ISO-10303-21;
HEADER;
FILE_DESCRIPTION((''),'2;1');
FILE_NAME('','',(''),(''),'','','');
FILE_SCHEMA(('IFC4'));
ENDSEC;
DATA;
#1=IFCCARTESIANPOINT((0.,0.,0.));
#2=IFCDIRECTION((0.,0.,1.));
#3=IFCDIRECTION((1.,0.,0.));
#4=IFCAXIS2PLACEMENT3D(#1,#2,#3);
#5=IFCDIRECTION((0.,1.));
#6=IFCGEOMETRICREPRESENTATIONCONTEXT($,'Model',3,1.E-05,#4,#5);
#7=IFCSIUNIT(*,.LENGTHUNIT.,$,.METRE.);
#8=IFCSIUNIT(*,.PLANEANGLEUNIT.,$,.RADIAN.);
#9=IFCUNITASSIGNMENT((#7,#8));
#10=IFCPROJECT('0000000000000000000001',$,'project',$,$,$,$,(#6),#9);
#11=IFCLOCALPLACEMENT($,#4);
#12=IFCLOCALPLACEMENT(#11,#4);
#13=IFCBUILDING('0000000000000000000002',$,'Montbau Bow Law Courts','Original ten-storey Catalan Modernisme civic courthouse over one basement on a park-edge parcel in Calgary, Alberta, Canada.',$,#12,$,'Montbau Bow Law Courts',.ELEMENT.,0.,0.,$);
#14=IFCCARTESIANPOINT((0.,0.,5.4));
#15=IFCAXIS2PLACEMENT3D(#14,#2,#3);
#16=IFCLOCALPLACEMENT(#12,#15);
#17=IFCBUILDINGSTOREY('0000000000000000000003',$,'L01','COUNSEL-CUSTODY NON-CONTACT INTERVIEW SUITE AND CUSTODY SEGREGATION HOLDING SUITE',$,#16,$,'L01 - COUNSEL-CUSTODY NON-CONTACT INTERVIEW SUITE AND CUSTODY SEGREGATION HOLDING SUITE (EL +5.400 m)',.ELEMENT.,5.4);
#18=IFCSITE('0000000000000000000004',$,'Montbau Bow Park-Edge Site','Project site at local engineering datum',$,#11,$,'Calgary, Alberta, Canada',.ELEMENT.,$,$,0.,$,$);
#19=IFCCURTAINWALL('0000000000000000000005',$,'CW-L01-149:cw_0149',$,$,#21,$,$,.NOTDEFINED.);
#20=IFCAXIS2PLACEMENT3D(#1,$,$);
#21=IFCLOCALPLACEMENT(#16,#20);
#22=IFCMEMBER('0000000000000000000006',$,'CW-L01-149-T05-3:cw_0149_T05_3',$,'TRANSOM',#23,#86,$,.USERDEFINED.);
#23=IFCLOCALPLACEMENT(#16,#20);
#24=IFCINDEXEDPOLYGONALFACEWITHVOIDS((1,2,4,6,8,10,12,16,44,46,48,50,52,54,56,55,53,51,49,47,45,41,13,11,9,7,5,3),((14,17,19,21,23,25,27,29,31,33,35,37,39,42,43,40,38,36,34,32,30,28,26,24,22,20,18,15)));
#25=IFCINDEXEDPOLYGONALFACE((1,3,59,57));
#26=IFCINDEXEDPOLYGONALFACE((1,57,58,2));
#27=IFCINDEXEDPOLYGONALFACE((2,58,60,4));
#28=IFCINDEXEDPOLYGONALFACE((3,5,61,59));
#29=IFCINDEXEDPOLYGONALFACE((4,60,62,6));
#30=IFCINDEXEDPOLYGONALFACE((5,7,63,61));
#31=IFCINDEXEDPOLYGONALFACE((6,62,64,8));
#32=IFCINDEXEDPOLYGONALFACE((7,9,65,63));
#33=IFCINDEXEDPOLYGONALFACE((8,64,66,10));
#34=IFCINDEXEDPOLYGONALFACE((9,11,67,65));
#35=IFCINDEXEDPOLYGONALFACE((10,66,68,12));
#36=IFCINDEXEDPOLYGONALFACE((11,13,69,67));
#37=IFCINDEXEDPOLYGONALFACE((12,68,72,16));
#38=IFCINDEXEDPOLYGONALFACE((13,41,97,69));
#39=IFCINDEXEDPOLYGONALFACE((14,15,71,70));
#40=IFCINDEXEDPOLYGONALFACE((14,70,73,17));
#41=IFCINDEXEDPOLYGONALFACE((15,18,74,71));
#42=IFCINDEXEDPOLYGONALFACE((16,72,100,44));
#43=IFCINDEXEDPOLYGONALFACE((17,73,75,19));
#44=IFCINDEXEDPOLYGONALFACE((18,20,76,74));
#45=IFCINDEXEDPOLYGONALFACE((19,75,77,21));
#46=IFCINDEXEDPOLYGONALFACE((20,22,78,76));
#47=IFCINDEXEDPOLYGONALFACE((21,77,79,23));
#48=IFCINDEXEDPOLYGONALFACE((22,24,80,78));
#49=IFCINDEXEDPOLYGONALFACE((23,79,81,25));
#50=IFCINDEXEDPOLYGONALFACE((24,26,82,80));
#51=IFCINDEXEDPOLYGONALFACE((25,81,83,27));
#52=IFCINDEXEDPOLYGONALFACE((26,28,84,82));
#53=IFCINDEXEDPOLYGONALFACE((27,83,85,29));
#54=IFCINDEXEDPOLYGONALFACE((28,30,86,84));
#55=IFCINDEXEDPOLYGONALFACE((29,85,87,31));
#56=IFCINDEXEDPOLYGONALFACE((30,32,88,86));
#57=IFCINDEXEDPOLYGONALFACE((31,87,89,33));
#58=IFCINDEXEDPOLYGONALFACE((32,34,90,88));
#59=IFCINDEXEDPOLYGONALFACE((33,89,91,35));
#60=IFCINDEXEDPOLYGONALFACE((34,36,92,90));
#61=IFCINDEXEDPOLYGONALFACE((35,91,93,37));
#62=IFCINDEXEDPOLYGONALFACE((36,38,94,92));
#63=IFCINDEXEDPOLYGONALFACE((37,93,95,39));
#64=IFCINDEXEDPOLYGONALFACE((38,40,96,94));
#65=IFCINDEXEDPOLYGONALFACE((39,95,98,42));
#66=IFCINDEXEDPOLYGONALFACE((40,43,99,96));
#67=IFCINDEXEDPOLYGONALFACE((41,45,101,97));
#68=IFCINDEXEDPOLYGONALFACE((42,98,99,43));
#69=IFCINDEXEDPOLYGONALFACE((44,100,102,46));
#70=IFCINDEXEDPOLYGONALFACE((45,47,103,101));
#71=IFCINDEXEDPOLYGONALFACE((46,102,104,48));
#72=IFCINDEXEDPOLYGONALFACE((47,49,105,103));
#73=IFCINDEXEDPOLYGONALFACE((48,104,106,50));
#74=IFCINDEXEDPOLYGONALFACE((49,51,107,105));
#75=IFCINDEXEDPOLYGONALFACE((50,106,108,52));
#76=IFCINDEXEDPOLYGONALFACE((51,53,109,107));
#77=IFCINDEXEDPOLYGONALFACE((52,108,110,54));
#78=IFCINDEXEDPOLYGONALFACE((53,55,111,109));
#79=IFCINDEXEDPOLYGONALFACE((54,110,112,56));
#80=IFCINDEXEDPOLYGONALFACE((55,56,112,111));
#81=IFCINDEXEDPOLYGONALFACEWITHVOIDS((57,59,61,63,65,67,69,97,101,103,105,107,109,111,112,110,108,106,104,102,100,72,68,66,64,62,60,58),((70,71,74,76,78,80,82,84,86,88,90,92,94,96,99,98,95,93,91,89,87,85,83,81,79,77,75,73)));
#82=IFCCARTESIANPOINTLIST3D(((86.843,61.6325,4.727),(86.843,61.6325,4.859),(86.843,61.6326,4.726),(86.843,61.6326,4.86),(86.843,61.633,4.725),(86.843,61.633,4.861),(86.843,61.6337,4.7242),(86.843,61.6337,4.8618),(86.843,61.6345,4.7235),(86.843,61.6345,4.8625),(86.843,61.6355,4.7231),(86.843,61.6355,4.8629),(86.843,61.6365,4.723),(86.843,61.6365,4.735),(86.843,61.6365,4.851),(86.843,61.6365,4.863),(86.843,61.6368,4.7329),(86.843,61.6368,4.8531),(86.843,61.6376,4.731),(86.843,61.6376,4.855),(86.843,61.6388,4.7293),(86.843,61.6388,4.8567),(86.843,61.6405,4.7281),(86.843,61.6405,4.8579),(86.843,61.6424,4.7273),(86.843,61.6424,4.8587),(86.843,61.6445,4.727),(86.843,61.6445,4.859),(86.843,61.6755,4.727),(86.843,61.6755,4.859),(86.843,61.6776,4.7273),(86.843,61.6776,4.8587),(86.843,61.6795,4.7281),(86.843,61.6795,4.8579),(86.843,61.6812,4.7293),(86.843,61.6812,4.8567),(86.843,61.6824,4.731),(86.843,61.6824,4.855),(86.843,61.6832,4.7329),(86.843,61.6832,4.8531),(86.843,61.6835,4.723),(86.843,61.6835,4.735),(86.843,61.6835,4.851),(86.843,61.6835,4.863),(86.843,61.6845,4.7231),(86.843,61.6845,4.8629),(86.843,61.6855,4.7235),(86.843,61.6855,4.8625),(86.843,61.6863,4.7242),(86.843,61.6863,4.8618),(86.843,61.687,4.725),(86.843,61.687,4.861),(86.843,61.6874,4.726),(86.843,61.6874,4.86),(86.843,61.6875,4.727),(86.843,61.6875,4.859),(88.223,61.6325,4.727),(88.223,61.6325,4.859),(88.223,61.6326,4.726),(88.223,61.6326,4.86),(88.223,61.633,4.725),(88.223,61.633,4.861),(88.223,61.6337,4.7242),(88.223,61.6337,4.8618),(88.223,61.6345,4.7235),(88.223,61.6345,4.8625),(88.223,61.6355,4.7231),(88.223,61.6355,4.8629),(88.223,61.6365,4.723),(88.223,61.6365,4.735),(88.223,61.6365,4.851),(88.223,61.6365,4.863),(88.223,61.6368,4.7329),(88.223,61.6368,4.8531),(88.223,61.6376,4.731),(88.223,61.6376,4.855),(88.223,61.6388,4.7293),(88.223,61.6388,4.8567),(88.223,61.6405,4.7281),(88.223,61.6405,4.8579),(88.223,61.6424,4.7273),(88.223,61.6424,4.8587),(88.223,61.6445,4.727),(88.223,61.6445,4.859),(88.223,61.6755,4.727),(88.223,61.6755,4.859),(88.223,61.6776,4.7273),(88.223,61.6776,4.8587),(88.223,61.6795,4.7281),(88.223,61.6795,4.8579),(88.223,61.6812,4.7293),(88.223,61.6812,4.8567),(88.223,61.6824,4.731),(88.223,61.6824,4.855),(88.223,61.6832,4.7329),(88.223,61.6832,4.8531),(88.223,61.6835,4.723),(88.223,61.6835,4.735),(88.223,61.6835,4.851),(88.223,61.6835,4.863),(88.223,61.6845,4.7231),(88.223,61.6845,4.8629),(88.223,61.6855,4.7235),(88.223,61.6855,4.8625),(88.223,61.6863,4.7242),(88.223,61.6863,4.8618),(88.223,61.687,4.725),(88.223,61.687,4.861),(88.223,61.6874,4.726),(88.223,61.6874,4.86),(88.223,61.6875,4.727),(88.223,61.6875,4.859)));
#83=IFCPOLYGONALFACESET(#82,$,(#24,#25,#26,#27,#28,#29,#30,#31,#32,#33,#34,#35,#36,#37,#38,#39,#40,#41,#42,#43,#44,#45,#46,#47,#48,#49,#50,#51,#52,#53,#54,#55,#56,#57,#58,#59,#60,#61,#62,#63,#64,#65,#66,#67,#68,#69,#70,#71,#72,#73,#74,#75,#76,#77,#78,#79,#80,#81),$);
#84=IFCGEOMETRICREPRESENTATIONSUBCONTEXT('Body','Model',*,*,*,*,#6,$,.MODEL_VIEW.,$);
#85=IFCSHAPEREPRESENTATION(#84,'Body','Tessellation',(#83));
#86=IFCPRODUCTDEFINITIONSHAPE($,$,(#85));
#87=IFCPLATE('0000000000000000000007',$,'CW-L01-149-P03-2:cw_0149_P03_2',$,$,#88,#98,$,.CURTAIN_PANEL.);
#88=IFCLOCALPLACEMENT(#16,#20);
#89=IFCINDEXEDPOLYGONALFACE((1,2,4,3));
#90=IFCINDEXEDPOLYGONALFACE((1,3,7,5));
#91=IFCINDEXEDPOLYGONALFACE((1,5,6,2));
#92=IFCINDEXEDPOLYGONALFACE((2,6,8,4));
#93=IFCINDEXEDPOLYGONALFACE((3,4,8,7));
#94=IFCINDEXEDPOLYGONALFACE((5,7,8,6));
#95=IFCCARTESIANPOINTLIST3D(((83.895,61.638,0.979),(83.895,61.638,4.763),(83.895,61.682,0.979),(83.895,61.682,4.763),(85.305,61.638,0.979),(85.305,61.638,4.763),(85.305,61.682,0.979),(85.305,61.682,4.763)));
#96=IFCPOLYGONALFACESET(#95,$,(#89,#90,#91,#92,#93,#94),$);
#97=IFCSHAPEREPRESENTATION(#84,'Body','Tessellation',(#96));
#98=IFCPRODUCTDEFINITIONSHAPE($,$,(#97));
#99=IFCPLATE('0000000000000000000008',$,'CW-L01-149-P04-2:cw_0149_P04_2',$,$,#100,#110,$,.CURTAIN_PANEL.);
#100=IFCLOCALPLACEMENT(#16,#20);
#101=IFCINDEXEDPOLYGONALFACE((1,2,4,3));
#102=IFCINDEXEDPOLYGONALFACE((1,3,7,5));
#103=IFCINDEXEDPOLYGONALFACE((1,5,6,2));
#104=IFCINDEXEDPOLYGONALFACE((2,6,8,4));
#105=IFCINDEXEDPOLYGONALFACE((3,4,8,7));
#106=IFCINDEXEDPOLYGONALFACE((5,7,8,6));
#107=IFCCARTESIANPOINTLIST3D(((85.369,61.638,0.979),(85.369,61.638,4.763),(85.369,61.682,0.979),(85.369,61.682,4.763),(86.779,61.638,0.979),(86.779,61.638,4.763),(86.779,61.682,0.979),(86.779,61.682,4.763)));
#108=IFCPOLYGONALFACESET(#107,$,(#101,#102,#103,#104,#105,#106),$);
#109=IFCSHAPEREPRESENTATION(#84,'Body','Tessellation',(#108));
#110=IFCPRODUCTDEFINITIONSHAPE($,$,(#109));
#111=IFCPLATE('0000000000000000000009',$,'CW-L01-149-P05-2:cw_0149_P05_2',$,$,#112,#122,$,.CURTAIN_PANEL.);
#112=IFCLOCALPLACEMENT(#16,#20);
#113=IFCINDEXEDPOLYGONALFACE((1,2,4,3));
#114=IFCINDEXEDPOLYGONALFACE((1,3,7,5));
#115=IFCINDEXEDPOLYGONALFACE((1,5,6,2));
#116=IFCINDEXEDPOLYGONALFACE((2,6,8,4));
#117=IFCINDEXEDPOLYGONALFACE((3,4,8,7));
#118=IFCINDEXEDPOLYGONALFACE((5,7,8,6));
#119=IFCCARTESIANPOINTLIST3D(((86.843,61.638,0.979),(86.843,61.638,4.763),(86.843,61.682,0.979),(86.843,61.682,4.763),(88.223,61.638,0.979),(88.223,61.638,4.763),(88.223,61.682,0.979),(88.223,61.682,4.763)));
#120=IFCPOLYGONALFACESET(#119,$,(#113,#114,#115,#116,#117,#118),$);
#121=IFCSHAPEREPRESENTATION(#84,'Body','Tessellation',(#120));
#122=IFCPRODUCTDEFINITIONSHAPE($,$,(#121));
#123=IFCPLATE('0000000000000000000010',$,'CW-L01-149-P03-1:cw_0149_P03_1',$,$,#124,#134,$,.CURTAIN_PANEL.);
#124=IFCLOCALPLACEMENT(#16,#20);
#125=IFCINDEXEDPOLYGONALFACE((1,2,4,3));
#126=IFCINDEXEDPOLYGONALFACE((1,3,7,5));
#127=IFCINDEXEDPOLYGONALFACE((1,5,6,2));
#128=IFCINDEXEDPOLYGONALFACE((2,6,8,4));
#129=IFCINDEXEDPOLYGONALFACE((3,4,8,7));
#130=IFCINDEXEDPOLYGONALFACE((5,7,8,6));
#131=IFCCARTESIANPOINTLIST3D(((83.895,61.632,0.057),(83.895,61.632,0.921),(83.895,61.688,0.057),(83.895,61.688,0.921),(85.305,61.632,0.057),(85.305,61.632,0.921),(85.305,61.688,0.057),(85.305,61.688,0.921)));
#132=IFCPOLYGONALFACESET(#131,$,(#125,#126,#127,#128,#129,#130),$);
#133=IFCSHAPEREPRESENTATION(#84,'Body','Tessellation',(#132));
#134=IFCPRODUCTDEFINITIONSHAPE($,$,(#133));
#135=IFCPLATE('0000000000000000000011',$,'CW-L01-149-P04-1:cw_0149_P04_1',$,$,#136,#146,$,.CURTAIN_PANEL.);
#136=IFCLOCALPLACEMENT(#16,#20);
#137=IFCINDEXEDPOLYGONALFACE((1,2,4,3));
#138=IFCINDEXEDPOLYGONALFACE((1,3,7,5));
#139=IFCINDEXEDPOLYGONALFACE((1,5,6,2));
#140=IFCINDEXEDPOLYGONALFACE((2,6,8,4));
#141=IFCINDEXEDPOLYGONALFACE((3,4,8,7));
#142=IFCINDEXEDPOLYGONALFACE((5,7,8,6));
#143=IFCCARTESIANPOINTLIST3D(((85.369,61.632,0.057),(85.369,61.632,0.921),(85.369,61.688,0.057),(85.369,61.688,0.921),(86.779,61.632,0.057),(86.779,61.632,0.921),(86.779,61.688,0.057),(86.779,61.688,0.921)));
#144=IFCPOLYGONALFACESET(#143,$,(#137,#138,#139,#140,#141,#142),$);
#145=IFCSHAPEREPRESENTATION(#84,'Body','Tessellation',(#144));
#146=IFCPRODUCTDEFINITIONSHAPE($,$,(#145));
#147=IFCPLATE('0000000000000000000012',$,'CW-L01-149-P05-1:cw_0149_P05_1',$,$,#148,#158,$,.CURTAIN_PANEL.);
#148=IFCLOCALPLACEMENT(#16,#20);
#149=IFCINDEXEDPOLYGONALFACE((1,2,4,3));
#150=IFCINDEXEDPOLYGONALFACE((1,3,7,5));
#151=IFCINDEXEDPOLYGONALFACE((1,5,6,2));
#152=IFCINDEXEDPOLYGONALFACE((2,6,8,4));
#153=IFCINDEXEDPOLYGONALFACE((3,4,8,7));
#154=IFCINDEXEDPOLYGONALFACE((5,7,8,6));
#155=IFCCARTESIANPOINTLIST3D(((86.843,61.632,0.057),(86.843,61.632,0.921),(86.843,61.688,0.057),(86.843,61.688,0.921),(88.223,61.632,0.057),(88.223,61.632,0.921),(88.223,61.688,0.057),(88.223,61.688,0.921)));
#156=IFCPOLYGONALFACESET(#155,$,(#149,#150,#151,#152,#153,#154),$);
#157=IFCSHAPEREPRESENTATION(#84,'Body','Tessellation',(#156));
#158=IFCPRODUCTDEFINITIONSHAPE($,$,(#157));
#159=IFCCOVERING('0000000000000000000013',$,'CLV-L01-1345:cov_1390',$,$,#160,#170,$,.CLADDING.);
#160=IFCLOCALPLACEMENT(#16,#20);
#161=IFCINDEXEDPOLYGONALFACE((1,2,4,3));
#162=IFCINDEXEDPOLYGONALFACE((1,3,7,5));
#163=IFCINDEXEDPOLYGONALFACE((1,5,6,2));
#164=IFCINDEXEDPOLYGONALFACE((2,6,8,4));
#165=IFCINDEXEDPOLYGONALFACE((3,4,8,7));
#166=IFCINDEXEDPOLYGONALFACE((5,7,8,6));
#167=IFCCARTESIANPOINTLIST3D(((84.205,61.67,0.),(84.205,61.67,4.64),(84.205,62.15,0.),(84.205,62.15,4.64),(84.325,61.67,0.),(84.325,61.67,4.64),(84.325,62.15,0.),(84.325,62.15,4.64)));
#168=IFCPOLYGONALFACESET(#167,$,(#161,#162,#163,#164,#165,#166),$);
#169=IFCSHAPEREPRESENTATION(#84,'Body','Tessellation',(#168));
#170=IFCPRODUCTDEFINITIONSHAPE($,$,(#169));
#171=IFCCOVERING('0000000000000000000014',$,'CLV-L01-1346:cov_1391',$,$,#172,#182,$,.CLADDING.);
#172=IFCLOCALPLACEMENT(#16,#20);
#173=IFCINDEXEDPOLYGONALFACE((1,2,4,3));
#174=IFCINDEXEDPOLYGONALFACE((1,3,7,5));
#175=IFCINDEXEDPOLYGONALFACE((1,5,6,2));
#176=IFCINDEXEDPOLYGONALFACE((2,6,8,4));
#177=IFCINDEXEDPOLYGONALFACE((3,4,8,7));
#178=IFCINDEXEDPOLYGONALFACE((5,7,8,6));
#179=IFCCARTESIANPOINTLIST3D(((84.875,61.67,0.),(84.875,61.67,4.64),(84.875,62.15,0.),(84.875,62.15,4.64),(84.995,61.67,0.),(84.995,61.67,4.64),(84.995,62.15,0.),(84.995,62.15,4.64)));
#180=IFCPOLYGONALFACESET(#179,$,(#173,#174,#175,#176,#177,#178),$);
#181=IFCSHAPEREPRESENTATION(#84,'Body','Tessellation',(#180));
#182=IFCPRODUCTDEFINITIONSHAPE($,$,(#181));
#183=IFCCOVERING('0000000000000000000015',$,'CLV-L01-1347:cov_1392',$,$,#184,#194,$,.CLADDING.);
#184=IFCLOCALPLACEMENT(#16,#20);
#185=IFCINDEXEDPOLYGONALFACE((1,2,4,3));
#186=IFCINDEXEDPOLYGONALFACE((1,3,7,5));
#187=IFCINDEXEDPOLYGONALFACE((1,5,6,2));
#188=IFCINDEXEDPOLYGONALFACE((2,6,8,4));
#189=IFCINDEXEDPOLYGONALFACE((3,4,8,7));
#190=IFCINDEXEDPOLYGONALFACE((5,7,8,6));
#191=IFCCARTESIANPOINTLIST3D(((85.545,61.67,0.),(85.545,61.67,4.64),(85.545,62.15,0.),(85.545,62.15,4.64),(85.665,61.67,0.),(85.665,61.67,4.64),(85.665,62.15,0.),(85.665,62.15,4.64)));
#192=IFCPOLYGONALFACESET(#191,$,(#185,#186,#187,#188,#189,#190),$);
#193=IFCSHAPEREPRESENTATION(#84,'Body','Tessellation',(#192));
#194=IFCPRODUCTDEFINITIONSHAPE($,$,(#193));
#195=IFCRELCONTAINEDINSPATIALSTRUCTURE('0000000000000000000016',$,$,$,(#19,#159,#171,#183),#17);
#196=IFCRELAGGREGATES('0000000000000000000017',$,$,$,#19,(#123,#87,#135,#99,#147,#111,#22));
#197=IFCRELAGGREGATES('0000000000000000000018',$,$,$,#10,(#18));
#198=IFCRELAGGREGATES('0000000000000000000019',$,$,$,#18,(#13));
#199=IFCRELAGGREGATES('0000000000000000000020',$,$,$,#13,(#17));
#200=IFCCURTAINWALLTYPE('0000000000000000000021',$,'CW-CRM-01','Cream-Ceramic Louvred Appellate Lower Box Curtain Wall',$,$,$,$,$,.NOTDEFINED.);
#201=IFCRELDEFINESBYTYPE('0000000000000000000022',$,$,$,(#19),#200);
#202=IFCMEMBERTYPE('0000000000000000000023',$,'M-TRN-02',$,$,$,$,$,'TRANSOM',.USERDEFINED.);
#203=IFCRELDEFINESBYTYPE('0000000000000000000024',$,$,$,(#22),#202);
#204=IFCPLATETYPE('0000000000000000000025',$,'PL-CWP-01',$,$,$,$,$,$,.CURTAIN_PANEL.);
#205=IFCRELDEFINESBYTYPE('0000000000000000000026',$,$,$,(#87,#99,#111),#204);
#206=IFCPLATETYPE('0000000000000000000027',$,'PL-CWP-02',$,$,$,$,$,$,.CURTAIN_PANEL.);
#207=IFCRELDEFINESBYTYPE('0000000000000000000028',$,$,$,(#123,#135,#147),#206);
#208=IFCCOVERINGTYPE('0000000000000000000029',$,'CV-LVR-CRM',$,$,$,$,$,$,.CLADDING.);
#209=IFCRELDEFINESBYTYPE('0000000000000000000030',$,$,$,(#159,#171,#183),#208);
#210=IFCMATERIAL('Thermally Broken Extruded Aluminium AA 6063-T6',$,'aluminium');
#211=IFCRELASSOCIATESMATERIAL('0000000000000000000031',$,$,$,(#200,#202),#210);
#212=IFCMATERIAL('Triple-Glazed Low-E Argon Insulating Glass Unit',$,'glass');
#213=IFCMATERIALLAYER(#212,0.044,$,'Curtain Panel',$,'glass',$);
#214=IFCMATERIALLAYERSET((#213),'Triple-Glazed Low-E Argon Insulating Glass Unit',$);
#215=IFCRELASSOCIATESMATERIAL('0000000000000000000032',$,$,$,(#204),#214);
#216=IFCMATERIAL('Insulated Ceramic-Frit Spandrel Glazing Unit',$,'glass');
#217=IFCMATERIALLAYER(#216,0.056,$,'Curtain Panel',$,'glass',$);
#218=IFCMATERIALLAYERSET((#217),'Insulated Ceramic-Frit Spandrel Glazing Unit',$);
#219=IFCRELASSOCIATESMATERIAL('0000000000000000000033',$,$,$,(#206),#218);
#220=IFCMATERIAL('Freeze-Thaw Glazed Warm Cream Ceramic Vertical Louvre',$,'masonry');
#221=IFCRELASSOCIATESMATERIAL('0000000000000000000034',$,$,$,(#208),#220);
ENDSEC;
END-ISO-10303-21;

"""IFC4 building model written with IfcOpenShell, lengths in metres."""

from ifc_helpers import new_model, si_unit, direction, frame, frame_2d, origin_with_axes, origin_2d_with_axis, place, context, subcontext, project, spatial, rectangle, hollow_rectangle, extrude, material, layer, layer_set, material_profile, profile_set, type_object, element, aggregate, save


model = new_model("IFC4")

# Units and contexts
model_context = context("Model", 3, precision=1e-05, world=origin_with_axes(), true_north=direction((0.0, 1.0)))
body_context = subcontext(model_context, "Body", "Model", "MODEL_VIEW")
ifc_project = project(units=[si_unit("LENGTHUNIT", "METRE"), si_unit("PLANEANGLEUNIT", "RADIAN")], contexts=[model_context])

# Site, building, storey
site_placement = place(None, origin_with_axes())
site = spatial("IfcSite", under=ifc_project, at=site_placement, Name="Montbau Bow Park-Edge Site", Description="Project site at local engineering datum", LongName="Calgary, Alberta, Canada", CompositionType="ELEMENT", RefElevation=0.0)
building_placement = place(site_placement, origin_with_axes())
building = spatial("IfcBuilding", under=site, at=building_placement, Name="Montbau Bow Law Courts", Description="Original ten-storey Catalan Modernisme civic courthouse over one basement on a park-edge parcel in Calgary, Alberta, Canada.", LongName="Montbau Bow Law Courts", CompositionType="ELEMENT", ElevationOfRefHeight=0.0, ElevationOfTerrain=0.0)
storey_placement = place(building_placement, frame((0.0, 0.0, 5.4), z_axis=(0.0, 0.0, 1.0), x_axis=(1.0, 0.0, 0.0)))
storey = spatial("IfcBuildingStorey", under=building, at=storey_placement, Name="L01", Description="COUNSEL-CUSTODY NON-CONTACT INTERVIEW SUITE AND CUSTODY SEGREGATION HOLDING SUITE", LongName="L01 - COUNSEL-CUSTODY NON-CONTACT INTERVIEW SUITE AND CUSTODY SEGREGATION HOLDING SUITE (EL +5.400 m)", CompositionType="ELEMENT", Elevation=5.4)

# Curtain wall, member, plates
ifc_material_1 = material(Name="Thermally Broken Extruded Aluminium AA 6063-T6", Category="aluminium")
curtain_wall_type = type_object("IfcCurtainWallType", Name="CW-CRM-01", Description="Cream-Ceramic Louvred Appellate Lower Box Curtain Wall", PredefinedType="NOTDEFINED", material=ifc_material_1)
curtain_wall_placement = place(None, frame((80.915, 61.66, 5.4), z_axis=(0.0, 0.0, 1.0), x_axis=(1.0, 0.0, 0.0)))
curtain_wall = element("IfcCurtainWall", 1, at=curtain_wall_placement, inside=storey, type_object=curtain_wall_type, Name="CW-L01-149:cw_0149", PredefinedType="NOTDEFINED")
ifc_material_profile_1 = material_profile(ifc_material_1, hollow_rectangle(XDim=0.055, YDim=0.14, WallThickness=0.004, InnerFilletRadius=0.008, OuterFilletRadius=0.004, at=origin_2d_with_axis()), Name="CWT-140X55", Category="Main", Priority=0)
ifc_profile_set_1 = profile_set([ifc_material_profile_1], Name="Thermally Broken Extruded Aluminium AA 6063-T6")
member_type_1 = type_object("IfcMemberType", Name="M-TRN-02", ElementType="TRANSOM", PredefinedType="USERDEFINED", material=ifc_profile_set_1)
member_1_placement = place(None, frame((86.843, 61.66, 10.193), z_axis=(1.0, 0.0, 0.0), x_axis=(0.0, 1.0, 0.0)))
member_1 = element("IfcMember", 2, at=member_1_placement, type_object=member_type_1, Name="CW-L01-149-T05-3:cw_0149_T05_3", ObjectType="TRANSOM", PredefinedType="USERDEFINED", context=body_context, shape_type="SweptSolid", body=[
    extrude(hollow_rectangle(XDim=0.055, YDim=0.14, WallThickness=0.004, InnerFilletRadius=0.008, OuterFilletRadius=0.004, at=origin_2d_with_axis()), origin_with_axes(), (0.0, 0.0, 1.0), 1.38),
])
ifc_material_2 = material(Name="Triple-Glazed Low-E Argon Insulating Glass Unit", Category="glass")
ifc_layer_1 = layer(ifc_material_2, 0.044, Name="Curtain Panel", Category="glass")
ifc_layer_set_1 = layer_set([ifc_layer_1], Name="Triple-Glazed Low-E Argon Insulating Glass Unit")
plate_type_1 = type_object("IfcPlateType", Name="PL-CWP-01", PredefinedType="CURTAIN_PANEL", material=ifc_layer_set_1)
plate_1_placement = place(None, frame((83.895, 61.66, 6.379), z_axis=(0.0, -1.0, 0.0), x_axis=(1.0, 0.0, 0.0)))
plate_1 = element("IfcPlate", 3, at=plate_1_placement, type_object=plate_type_1, Name="CW-L01-149-P03-2:cw_0149_P03_2", PredefinedType="CURTAIN_PANEL", context=body_context, shape_type="SweptSolid", body=[
    extrude(rectangle(XDim=1.41, YDim=3.784, at=frame_2d((0.705, 1.892), x_axis=(1.0, 0.0))), frame((0.0, 0.0, -0.022), z_axis=(0.0, 0.0, 1.0), x_axis=(1.0, 0.0, 0.0)), (0.0, 0.0, 1.0), 0.044),
])
plate_2_placement = place(None, frame((85.369, 61.66, 6.379), z_axis=(0.0, -1.0, 0.0), x_axis=(1.0, 0.0, 0.0)))
plate_2 = element("IfcPlate", 4, at=plate_2_placement, type_object=plate_type_1, Name="CW-L01-149-P04-2:cw_0149_P04_2", PredefinedType="CURTAIN_PANEL", context=body_context, shape_type="SweptSolid", body=[
    extrude(rectangle(XDim=1.41, YDim=3.784, at=frame_2d((0.705, 1.892), x_axis=(1.0, 0.0))), frame((0.0, 0.0, -0.022), z_axis=(0.0, 0.0, 1.0), x_axis=(1.0, 0.0, 0.0)), (0.0, 0.0, 1.0), 0.044),
])
plate_3_placement = place(None, frame((86.843, 61.66, 6.379), z_axis=(0.0, -1.0, 0.0), x_axis=(1.0, 0.0, 0.0)))
plate_3 = element("IfcPlate", 5, at=plate_3_placement, type_object=plate_type_1, Name="CW-L01-149-P05-2:cw_0149_P05_2", PredefinedType="CURTAIN_PANEL", context=body_context, shape_type="SweptSolid", body=[
    extrude(rectangle(XDim=1.38, YDim=3.784, at=frame_2d((0.69, 1.892), x_axis=(1.0, 0.0))), frame((0.0, 0.0, -0.022), z_axis=(0.0, 0.0, 1.0), x_axis=(1.0, 0.0, 0.0)), (0.0, 0.0, 1.0), 0.044),
])
ifc_material_3 = material(Name="Insulated Ceramic-Frit Spandrel Glazing Unit", Category="glass")
ifc_layer_2 = layer(ifc_material_3, 0.056, Name="Curtain Panel", Category="glass")
ifc_layer_set_2 = layer_set([ifc_layer_2], Name="Insulated Ceramic-Frit Spandrel Glazing Unit")
plate_type_2 = type_object("IfcPlateType", Name="PL-CWP-02", PredefinedType="CURTAIN_PANEL", material=ifc_layer_set_2)
plate_4_placement = place(None, frame((83.895, 61.66, 5.457), z_axis=(0.0, -1.0, 0.0), x_axis=(1.0, 0.0, 0.0)))
plate_4 = element("IfcPlate", 6, at=plate_4_placement, type_object=plate_type_2, Name="CW-L01-149-P03-1:cw_0149_P03_1", PredefinedType="CURTAIN_PANEL", context=body_context, shape_type="SweptSolid", body=[
    extrude(rectangle(XDim=1.41, YDim=0.864, at=frame_2d((0.705, 0.432), x_axis=(1.0, 0.0))), frame((0.0, 0.0, -0.028), z_axis=(0.0, 0.0, 1.0), x_axis=(1.0, 0.0, 0.0)), (0.0, 0.0, 1.0), 0.056),
])
plate_5_placement = place(None, frame((85.369, 61.66, 5.457), z_axis=(0.0, -1.0, 0.0), x_axis=(1.0, 0.0, 0.0)))
plate_5 = element("IfcPlate", 7, at=plate_5_placement, type_object=plate_type_2, Name="CW-L01-149-P04-1:cw_0149_P04_1", PredefinedType="CURTAIN_PANEL", context=body_context, shape_type="SweptSolid", body=[
    extrude(rectangle(XDim=1.41, YDim=0.864, at=frame_2d((0.705, 0.432), x_axis=(1.0, 0.0))), frame((0.0, 0.0, -0.028), z_axis=(0.0, 0.0, 1.0), x_axis=(1.0, 0.0, 0.0)), (0.0, 0.0, 1.0), 0.056),
])
plate_6_placement = place(None, frame((86.843, 61.66, 5.457), z_axis=(0.0, -1.0, 0.0), x_axis=(1.0, 0.0, 0.0)))
plate_6 = element("IfcPlate", 8, at=plate_6_placement, type_object=plate_type_2, Name="CW-L01-149-P05-1:cw_0149_P05_1", PredefinedType="CURTAIN_PANEL", context=body_context, shape_type="SweptSolid", body=[
    extrude(rectangle(XDim=1.38, YDim=0.864, at=frame_2d((0.69, 0.432), x_axis=(1.0, 0.0))), frame((0.0, 0.0, -0.028), z_axis=(0.0, 0.0, 1.0), x_axis=(1.0, 0.0, 0.0)), (0.0, 0.0, 1.0), 0.056),
])
aggregate(curtain_wall, [plate_4, plate_1, plate_5, plate_2, plate_6, plate_3, member_1])

# Coverings
ifc_material_4 = material(Name="Freeze-Thaw Glazed Warm Cream Ceramic Vertical Louvre", Category="masonry")
covering_type = type_object("IfcCoveringType", Name="CV-LVR-CRM", PredefinedType="CLADDING", material=ifc_material_4)
for number, where, z_axis, x_axis, name in (
    (9, (84.265, 61.67, 5.4), (1.0, 0.0, 0.0), (0.0, 1.0, 0.0), "CLV-L01-1345:cov_1390"),
    (10, (84.935, 61.67, 5.4), (1.0, 0.0, 0.0), (0.0, 1.0, 0.0), "CLV-L01-1346:cov_1391"),
    (11, (85.605, 61.67, 5.4), (1.0, 0.0, 0.0), (0.0, 1.0, 0.0), "CLV-L01-1347:cov_1392"),
):
    element("IfcCovering", number, at=place(None, frame(where, z_axis=z_axis, x_axis=x_axis)), inside=storey, type_object=covering_type, Name=name, PredefinedType="CLADDING", context=body_context, shape_type="SweptSolid", body=[
        extrude(rectangle(XDim=0.48, YDim=4.64, at=frame_2d((0.24, 2.32), x_axis=(1.0, 0.0))), frame((0.0, 0.0, -0.06), z_axis=(0.0, 0.0, 1.0), x_axis=(1.0, 0.0, 0.0)), (0.0, 0.0, 1.0), 0.12),
    ])

save(model, "model.ifc")
